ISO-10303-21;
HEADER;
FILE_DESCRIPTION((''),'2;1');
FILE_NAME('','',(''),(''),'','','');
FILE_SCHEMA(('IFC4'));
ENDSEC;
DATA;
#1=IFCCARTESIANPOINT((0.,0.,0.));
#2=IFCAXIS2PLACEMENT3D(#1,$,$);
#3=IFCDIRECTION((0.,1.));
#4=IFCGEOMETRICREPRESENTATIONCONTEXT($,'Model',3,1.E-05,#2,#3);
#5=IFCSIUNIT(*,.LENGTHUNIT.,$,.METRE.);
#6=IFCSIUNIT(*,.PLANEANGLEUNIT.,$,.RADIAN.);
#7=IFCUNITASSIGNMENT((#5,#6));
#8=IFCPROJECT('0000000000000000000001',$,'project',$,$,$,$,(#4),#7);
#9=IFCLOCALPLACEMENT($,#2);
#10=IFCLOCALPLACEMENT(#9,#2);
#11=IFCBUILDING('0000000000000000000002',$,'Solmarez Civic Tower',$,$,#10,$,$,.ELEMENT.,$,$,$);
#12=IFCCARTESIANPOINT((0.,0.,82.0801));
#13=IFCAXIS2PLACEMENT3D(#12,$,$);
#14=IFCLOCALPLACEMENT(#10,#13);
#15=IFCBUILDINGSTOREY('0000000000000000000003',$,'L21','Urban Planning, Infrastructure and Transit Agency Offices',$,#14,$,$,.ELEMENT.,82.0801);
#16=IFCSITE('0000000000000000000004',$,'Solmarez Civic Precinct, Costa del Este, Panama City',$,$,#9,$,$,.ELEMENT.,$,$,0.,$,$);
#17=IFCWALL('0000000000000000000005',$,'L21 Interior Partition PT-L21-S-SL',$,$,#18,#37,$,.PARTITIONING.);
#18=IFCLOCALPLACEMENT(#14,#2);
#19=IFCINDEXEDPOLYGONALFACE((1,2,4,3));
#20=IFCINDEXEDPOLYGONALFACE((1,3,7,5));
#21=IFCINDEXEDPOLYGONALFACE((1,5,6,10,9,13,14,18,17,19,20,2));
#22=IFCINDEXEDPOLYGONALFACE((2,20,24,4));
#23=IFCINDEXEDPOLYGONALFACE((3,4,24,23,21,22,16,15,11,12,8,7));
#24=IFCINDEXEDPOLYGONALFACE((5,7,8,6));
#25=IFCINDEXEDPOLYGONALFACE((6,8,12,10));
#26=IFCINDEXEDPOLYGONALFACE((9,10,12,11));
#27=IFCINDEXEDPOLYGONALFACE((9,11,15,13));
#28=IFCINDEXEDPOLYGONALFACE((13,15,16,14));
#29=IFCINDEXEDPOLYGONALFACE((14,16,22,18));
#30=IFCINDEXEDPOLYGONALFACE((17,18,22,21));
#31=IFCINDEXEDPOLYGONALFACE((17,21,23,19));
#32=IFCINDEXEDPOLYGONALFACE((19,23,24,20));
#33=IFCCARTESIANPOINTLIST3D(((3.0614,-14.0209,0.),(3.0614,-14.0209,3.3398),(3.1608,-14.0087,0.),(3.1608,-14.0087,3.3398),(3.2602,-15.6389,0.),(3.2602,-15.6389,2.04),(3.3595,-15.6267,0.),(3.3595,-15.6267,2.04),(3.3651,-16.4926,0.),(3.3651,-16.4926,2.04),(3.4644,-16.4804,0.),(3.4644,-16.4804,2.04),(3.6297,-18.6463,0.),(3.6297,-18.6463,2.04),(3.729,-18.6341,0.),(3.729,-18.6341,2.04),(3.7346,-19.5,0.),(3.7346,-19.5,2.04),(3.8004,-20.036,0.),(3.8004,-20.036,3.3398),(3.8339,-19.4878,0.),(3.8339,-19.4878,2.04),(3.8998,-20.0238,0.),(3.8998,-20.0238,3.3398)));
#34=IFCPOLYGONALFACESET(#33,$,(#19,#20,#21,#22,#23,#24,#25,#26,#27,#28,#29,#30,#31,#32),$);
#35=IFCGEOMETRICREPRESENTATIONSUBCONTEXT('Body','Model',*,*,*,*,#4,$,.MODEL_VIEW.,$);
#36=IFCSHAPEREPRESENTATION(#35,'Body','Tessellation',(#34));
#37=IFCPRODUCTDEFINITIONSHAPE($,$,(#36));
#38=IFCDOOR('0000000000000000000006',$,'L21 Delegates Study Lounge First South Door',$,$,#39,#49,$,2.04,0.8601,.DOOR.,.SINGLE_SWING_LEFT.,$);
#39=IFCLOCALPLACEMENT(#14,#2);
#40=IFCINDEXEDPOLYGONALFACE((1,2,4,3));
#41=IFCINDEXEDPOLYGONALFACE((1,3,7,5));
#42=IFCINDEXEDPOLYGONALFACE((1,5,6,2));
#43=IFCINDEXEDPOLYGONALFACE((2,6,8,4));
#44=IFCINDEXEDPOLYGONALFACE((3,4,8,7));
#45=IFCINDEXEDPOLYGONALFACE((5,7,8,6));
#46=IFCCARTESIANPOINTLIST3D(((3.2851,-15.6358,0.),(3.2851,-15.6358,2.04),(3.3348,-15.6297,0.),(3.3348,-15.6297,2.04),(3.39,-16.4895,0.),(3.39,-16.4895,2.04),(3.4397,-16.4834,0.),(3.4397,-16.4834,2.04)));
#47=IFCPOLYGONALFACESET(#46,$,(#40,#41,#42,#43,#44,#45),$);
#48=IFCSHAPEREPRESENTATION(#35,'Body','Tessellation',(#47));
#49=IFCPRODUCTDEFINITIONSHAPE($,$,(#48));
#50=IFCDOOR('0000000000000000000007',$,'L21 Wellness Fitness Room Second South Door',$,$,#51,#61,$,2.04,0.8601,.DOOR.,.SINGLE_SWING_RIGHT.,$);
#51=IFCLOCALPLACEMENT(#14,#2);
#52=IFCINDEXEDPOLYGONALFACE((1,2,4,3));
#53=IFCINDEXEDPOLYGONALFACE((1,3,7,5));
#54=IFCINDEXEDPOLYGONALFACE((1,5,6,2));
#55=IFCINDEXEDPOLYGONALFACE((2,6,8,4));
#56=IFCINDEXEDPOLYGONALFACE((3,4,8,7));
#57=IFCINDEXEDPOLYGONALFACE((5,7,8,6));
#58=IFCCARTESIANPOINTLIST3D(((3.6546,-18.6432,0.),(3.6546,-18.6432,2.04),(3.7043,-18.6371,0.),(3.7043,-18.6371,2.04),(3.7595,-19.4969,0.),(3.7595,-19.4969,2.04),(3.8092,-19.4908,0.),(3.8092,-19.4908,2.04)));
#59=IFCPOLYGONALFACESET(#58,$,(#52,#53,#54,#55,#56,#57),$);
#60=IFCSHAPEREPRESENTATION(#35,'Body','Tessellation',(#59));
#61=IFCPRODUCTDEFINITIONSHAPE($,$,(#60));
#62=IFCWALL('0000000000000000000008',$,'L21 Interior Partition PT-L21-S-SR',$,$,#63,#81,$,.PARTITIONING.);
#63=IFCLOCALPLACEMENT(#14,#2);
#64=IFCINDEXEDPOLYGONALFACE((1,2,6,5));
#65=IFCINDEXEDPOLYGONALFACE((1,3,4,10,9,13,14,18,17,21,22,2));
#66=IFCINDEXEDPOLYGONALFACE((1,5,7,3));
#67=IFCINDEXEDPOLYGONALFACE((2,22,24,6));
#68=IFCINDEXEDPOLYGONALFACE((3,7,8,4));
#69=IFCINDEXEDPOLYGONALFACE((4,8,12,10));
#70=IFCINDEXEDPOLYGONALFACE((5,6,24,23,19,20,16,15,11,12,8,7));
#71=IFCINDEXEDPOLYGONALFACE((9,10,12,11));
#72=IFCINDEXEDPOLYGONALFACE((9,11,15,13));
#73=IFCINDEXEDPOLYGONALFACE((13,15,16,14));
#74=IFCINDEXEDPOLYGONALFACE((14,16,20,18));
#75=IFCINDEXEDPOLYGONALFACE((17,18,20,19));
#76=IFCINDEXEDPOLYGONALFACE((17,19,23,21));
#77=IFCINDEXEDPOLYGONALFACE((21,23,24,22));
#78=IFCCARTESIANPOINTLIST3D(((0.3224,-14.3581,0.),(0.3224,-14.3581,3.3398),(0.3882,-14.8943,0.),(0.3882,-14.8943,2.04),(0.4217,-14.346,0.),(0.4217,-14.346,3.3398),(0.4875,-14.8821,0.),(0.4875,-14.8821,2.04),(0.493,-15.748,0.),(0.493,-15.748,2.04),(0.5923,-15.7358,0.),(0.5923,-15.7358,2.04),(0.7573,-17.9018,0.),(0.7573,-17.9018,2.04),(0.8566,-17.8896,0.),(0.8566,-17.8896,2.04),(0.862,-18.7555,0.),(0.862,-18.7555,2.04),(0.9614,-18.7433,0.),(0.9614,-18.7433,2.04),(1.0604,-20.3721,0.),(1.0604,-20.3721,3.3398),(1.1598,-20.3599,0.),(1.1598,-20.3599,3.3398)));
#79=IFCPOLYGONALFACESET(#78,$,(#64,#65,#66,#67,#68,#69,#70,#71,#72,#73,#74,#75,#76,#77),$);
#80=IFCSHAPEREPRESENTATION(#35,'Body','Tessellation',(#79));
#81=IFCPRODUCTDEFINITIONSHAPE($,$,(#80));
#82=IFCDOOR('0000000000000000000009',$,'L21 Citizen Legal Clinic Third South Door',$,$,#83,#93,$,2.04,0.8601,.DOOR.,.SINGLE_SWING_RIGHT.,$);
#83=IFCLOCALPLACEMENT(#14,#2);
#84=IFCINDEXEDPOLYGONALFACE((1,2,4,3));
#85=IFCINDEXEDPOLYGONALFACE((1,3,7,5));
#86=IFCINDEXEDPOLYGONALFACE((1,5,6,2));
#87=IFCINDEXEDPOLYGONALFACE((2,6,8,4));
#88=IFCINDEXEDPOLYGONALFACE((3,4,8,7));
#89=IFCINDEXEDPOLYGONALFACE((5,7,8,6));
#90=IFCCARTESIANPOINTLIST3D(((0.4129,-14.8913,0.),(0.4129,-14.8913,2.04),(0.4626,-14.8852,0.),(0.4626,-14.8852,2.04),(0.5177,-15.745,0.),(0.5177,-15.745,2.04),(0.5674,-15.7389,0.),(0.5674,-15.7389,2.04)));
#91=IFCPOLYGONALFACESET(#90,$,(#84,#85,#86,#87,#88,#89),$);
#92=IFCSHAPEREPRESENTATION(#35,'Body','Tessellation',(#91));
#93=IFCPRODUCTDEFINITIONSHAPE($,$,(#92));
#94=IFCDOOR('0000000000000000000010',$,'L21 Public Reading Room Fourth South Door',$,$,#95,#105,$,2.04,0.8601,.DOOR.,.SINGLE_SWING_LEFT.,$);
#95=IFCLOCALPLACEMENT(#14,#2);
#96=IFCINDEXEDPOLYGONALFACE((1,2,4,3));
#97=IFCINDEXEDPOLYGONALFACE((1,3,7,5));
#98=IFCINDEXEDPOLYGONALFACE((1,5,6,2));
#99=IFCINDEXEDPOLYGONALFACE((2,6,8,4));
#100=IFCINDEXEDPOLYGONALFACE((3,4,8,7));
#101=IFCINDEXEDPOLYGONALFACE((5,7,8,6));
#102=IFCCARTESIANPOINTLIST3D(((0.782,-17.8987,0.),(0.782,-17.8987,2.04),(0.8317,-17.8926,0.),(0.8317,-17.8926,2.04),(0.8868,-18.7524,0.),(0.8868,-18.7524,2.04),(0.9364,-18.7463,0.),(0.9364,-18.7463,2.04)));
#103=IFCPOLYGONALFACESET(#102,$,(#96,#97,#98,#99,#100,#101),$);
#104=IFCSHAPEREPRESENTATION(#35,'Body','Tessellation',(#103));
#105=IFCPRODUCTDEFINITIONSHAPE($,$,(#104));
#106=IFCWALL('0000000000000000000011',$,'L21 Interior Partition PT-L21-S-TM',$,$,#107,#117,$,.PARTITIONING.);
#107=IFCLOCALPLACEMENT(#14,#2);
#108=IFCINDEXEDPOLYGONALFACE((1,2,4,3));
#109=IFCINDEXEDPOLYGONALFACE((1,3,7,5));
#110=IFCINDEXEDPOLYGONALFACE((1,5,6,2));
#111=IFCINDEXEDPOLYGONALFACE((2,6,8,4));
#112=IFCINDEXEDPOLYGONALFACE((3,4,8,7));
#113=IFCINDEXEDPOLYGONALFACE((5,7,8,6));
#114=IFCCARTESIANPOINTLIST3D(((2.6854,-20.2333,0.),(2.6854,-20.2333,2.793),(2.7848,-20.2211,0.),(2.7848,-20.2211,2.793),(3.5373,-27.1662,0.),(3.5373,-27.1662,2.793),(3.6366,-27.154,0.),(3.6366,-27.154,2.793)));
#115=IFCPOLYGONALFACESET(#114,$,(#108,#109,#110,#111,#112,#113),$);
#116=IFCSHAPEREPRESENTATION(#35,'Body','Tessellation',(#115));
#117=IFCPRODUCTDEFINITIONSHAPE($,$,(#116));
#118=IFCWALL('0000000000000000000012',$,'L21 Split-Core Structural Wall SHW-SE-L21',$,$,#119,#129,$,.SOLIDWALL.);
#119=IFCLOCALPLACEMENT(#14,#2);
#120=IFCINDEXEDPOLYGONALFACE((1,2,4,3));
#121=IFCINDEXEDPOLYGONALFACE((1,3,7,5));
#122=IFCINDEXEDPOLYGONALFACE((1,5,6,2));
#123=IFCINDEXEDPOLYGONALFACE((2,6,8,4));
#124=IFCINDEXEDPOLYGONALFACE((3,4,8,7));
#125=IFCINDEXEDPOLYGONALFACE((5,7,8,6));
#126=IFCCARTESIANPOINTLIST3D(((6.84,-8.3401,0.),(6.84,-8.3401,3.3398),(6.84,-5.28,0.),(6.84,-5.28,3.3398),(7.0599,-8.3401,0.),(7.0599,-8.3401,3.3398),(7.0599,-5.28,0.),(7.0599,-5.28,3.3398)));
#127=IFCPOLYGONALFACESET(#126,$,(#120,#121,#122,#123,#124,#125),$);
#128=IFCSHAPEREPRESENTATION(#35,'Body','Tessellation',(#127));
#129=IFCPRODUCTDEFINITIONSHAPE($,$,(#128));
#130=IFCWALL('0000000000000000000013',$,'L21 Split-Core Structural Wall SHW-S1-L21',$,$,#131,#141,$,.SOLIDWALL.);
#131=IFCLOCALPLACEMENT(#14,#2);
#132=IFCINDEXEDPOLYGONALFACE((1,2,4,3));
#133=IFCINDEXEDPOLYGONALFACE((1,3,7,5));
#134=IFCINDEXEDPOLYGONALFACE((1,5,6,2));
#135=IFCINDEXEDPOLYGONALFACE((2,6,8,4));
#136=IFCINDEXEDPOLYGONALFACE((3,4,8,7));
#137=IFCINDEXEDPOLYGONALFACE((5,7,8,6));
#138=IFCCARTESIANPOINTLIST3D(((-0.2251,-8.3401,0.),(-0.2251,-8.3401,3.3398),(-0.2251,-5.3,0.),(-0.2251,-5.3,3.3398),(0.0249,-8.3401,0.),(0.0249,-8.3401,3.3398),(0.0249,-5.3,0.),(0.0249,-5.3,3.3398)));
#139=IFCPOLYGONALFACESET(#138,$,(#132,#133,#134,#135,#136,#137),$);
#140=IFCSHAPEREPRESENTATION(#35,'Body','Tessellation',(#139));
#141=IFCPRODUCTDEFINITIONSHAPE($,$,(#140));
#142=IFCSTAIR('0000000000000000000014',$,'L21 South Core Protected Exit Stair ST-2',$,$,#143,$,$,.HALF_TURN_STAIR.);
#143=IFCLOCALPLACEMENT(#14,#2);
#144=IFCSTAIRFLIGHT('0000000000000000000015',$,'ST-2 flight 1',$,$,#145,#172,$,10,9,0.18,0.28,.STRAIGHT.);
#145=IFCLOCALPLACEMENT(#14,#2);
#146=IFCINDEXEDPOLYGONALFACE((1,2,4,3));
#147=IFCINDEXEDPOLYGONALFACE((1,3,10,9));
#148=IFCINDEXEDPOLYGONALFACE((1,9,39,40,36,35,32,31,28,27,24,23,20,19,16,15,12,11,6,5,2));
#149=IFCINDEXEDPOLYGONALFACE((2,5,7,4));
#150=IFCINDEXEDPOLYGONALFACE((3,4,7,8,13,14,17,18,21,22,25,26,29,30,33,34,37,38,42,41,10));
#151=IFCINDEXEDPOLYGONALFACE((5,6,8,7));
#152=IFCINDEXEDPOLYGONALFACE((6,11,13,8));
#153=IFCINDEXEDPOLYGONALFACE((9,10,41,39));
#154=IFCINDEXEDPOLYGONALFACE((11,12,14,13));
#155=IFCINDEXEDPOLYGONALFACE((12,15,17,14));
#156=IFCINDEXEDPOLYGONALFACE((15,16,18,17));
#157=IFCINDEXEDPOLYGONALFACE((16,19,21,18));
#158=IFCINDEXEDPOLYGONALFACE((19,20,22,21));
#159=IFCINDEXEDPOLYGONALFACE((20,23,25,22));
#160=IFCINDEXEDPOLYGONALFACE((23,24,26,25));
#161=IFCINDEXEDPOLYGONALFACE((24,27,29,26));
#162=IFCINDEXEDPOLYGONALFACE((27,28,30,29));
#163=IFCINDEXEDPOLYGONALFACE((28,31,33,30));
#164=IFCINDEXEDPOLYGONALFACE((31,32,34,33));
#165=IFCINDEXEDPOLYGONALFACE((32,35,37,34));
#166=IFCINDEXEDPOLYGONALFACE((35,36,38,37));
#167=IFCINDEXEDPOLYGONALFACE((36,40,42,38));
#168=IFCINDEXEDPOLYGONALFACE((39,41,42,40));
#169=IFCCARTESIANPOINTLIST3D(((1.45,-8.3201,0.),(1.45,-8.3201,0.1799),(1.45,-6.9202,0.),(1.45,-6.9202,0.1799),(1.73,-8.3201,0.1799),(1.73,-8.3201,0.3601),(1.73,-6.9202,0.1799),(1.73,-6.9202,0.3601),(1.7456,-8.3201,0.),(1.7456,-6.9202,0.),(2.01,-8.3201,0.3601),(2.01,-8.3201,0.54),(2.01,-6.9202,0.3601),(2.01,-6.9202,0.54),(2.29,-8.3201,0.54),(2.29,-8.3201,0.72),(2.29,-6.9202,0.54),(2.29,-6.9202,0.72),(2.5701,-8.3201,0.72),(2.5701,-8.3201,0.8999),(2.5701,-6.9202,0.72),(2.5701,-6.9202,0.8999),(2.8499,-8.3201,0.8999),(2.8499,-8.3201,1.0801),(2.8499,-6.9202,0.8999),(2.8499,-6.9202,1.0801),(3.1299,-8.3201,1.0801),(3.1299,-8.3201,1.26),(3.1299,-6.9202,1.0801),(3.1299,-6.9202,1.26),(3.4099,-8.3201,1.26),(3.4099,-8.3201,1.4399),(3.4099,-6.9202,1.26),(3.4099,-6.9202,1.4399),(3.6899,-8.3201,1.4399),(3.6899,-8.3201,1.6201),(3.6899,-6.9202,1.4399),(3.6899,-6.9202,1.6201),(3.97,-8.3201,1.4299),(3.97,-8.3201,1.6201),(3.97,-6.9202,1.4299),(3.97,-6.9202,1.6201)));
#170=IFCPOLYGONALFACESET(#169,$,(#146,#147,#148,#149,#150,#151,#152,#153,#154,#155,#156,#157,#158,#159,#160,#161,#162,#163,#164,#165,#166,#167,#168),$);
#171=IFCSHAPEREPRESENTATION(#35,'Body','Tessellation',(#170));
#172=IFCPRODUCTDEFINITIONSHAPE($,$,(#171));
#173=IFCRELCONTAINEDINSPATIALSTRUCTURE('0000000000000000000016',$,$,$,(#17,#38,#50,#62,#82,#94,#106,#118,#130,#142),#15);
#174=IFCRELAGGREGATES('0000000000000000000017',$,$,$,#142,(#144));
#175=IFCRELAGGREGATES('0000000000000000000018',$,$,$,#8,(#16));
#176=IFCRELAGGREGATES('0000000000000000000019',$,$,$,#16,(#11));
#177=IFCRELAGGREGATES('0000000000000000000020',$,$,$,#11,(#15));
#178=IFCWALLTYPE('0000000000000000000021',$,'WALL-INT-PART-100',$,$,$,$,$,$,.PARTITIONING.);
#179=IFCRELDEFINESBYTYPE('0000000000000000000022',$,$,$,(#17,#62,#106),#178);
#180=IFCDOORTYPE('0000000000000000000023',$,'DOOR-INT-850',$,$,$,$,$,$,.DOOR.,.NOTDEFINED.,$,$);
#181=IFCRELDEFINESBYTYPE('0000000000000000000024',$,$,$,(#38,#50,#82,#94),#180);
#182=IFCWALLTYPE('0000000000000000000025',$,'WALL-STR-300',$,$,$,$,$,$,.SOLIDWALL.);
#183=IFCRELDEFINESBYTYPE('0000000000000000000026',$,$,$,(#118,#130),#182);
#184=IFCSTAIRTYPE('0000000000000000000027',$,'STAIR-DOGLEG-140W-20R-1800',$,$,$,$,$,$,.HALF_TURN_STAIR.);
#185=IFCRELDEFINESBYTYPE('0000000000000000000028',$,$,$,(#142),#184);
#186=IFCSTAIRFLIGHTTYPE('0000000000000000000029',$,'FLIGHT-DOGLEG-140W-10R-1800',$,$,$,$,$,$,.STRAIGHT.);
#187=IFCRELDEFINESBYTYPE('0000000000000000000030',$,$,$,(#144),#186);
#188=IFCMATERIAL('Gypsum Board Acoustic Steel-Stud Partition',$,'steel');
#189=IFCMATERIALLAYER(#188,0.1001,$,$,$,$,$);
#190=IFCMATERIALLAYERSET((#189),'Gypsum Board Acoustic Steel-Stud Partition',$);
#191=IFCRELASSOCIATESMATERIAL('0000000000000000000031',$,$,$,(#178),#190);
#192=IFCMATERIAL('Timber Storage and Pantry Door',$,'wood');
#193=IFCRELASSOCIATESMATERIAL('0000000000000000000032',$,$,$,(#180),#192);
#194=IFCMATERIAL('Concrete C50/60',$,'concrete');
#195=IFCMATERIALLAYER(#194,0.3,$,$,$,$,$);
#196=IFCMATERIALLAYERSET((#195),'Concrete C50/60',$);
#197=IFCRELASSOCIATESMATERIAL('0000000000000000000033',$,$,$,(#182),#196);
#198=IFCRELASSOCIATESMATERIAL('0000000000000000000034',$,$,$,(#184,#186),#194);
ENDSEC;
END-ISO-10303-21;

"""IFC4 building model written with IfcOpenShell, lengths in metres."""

from ifc_helpers import new_model, si_unit, direction, frame, frame_2d, origin, place, context, subcontext, project, spatial, polyline, rectangle, outline, extrude, material, layer, layer_set, type_object, element, fill, aggregate, save


model = new_model("IFC4")

# Units and contexts
model_context = context("Model", 3, precision=1e-05, world=origin(), true_north=direction((0.0, 1.0)))
body_context = subcontext(model_context, "Body", "Model", "MODEL_VIEW")
ifc_project = project(units=[si_unit("LENGTHUNIT", "METRE"), si_unit("PLANEANGLEUNIT", "RADIAN")], contexts=[model_context])

# Site, building, storey
site_placement = place(None, origin())
site = spatial("IfcSite", under=ifc_project, at=site_placement, Name="Solmarez Civic Precinct, Costa del Este, Panama City", CompositionType="ELEMENT", RefElevation=0.0)
building_placement = place(site_placement, origin())
building = spatial("IfcBuilding", under=site, at=building_placement, Name="Solmarez Civic Tower", CompositionType="ELEMENT")
storey_placement = place(building_placement, frame((0.0, 0.0, 82.0801)))
storey = spatial("IfcBuildingStorey", under=building, at=storey_placement, Name="L21", Description="Urban Planning, Infrastructure and Transit Agency Offices", CompositionType="ELEMENT", Elevation=82.0801)

# Shared definitions
ifc_material_1 = material(Name="Concrete C50/60", Category="concrete")

# Shared definitions
ifc_material_2 = material(Name="Gypsum Board Acoustic Steel-Stud Partition", Category="steel")
ifc_layer_1 = layer(ifc_material_2, 0.1001)
ifc_layer_set_1 = layer_set([ifc_layer_1], Name="Gypsum Board Acoustic Steel-Stud Partition")
wall_type_1 = type_object("IfcWallType", Name="WALL-INT-PART-100", PredefinedType="PARTITIONING", material=ifc_layer_set_1)

# Walls, openings, doors
wall_1_placement = place(storey_placement, frame((3.8501, -20.03, 0.0), z_axis=(0.0, 0.0, 1.0), x_axis=(-0.121942, 0.992537, 0.0)))
wall_1 = element("IfcWall", 1, at=wall_1_placement, inside=storey, type_object=wall_type_1, Name="L21 Interior Partition PT-L21-S-SL", PredefinedType="PARTITIONING", context=body_context, shape_type="SweptSolid", body=[
    extrude(rectangle(XDim=6.0603, YDim=0.1001, at=frame_2d((3.0303, 0.0))), origin(), (0.0, 0.0, 1.0), 3.3398),
])
opening_1_placement = place(wall_1_placement, frame((3.5701, 0.0, 0.0)))
opening_1 = element("IfcOpeningElement", 2, at=opening_1_placement, cuts=wall_1, PredefinedType="OPENING", context=body_context, shape_type="SweptSolid", body=[
    extrude(rectangle(XDim=0.8601, YDim=2.04, at=frame_2d((0.4302, 1.02))), frame((0.0, 0.0601, 0.0), z_axis=(0.0, -1.0, 0.0), x_axis=(1.0, 0.0, 0.0)), (0.0, 0.0, 1.0), 0.1201),
])
opening_2_placement = place(wall_1_placement, frame((0.54, 0.0, 0.0)))
opening_2 = element("IfcOpeningElement", 3, at=opening_2_placement, cuts=wall_1, PredefinedType="OPENING", context=body_context, shape_type="SweptSolid", body=[
    extrude(rectangle(XDim=0.8601, YDim=2.04, at=frame_2d((0.4302, 1.02))), frame((0.0, 0.0601, 0.0), z_axis=(0.0, -1.0, 0.0), x_axis=(1.0, 0.0, 0.0)), (0.0, 0.0, 1.0), 0.1201),
])
ifc_material_3 = material(Name="Timber Storage and Pantry Door", Category="wood")
door_type = type_object("IfcDoorType", Name="DOOR-INT-850", OperationType="NOTDEFINED", PredefinedType="DOOR", material=ifc_material_3)
door_1_placement = place(opening_1_placement, origin())
door_1 = element("IfcDoor", 4, at=door_1_placement, inside=storey, type_object=door_type, Name="L21 Delegates Study Lounge First South Door", OperationType="SINGLE_SWING_LEFT", OverallHeight=2.04, OverallWidth=0.8601, PredefinedType="DOOR", context=body_context, shape_type="SweptSolid", body=[
    extrude(rectangle(XDim=0.8601, YDim=2.04, at=frame_2d((0.4302, 1.02))), frame((0.0, 0.0249, 0.0), z_axis=(0.0, -1.0, 0.0), x_axis=(1.0, 0.0, 0.0)), (0.0, 0.0, 1.0), 0.05),
])
fill(opening_1, door_1)
door_2_placement = place(opening_2_placement, origin())
door_2 = element("IfcDoor", 5, at=door_2_placement, inside=storey, type_object=door_type, Name="L21 Wellness Fitness Room Second South Door", OperationType="SINGLE_SWING_RIGHT", OverallHeight=2.04, OverallWidth=0.8601, PredefinedType="DOOR", context=body_context, shape_type="SweptSolid", body=[
    extrude(rectangle(XDim=0.8601, YDim=2.04, at=frame_2d((0.4302, 1.02))), frame((0.0, 0.0249, 0.0), z_axis=(0.0, -1.0, 0.0), x_axis=(1.0, 0.0, 0.0)), (0.0, 0.0, 1.0), 0.05),
])
fill(opening_2, door_2)
wall_2_placement = place(storey_placement, frame((0.3721, -14.3521, 0.0), z_axis=(0.0, 0.0, 1.0), x_axis=(0.121808, -0.992554, 0.0)))
wall_2 = element("IfcWall", 6, at=wall_2_placement, inside=storey, type_object=wall_type_1, Name="L21 Interior Partition PT-L21-S-SR", PredefinedType="PARTITIONING", context=body_context, shape_type="SweptSolid", body=[
    extrude(rectangle(XDim=6.0591, YDim=0.1001, at=frame_2d((3.0295, 0.0))), origin(), (0.0, 0.0, 1.0), 3.3398),
])
opening_3_placement = place(wall_2_placement, frame((0.54, 0.0, 0.0)))
opening_3 = element("IfcOpeningElement", 7, at=opening_3_placement, cuts=wall_2, PredefinedType="OPENING", context=body_context, shape_type="SweptSolid", body=[
    extrude(rectangle(XDim=0.8601, YDim=2.04, at=frame_2d((0.4302, 1.02))), frame((0.0, 0.0601, 0.0), z_axis=(0.0, -1.0, 0.0), x_axis=(1.0, 0.0, 0.0)), (0.0, 0.0, 1.0), 0.1201),
])
opening_4_placement = place(wall_2_placement, frame((3.5701, 0.0, 0.0)))
opening_4 = element("IfcOpeningElement", 8, at=opening_4_placement, cuts=wall_2, PredefinedType="OPENING", context=body_context, shape_type="SweptSolid", body=[
    extrude(rectangle(XDim=0.8601, YDim=2.04, at=frame_2d((0.4302, 1.02))), frame((0.0, 0.0601, 0.0), z_axis=(0.0, -1.0, 0.0), x_axis=(1.0, 0.0, 0.0)), (0.0, 0.0, 1.0), 0.1201),
])
door_3_placement = place(opening_3_placement, origin())
door_3 = element("IfcDoor", 9, at=door_3_placement, inside=storey, type_object=door_type, Name="L21 Citizen Legal Clinic Third South Door", OperationType="SINGLE_SWING_RIGHT", OverallHeight=2.04, OverallWidth=0.8601, PredefinedType="DOOR", context=body_context, shape_type="SweptSolid", body=[
    extrude(rectangle(XDim=0.8601, YDim=2.04, at=frame_2d((0.4302, 1.02))), frame((0.0, 0.0249, 0.0), z_axis=(0.0, -1.0, 0.0), x_axis=(1.0, 0.0, 0.0)), (0.0, 0.0, 1.0), 0.05),
])
fill(opening_3, door_3)
door_4_placement = place(opening_4_placement, origin())
door_4 = element("IfcDoor", 10, at=door_4_placement, inside=storey, type_object=door_type, Name="L21 Public Reading Room Fourth South Door", OperationType="SINGLE_SWING_LEFT", OverallHeight=2.04, OverallWidth=0.8601, PredefinedType="DOOR", context=body_context, shape_type="SweptSolid", body=[
    extrude(rectangle(XDim=0.8601, YDim=2.04, at=frame_2d((0.4302, 1.02))), frame((0.0, 0.0249, 0.0), z_axis=(0.0, -1.0, 0.0), x_axis=(1.0, 0.0, 0.0)), (0.0, 0.0, 1.0), 0.05),
])
fill(opening_4, door_4)

# Walls
wall_3_placement = place(storey_placement, frame((2.7351, -20.2271, 0.0), z_axis=(0.0, 0.0, 1.0), x_axis=(0.121948, -0.992536, 0.0)))
element("IfcWall", 11, at=wall_3_placement, inside=storey, type_object=wall_type_1, Name="L21 Interior Partition PT-L21-S-TM", PredefinedType="PARTITIONING", context=body_context, shape_type="SweptSolid", body=[
    extrude(rectangle(XDim=6.9851, YDim=0.1001, at=frame_2d((3.4927, 0.0))), origin(), (0.0, 0.0, 1.0), 2.793),
])
ifc_layer_2 = layer(ifc_material_1, 0.3)
ifc_layer_set_2 = layer_set([ifc_layer_2], Name="Concrete C50/60")
wall_type_2 = type_object("IfcWallType", Name="WALL-STR-300", PredefinedType="SOLIDWALL", material=ifc_layer_set_2)
wall_4_placement = place(storey_placement, frame((6.95, -8.3401, 0.0), z_axis=(0.0, 0.0, 1.0), x_axis=(0.0, 1.0, 0.0)))
element("IfcWall", 12, at=wall_4_placement, inside=storey, type_object=wall_type_2, Name="L21 Split-Core Structural Wall SHW-SE-L21", PredefinedType="SOLIDWALL", context=body_context, shape_type="SweptSolid", body=[
    extrude(rectangle(XDim=3.0601, YDim=0.22, at=frame_2d((1.53, 0.0))), origin(), (0.0, 0.0, 1.0), 3.3398),
])
wall_5_placement = place(storey_placement, frame((-0.1001, -8.3401, 0.0), z_axis=(0.0, 0.0, 1.0), x_axis=(0.0, 1.0, 0.0)))
element("IfcWall", 13, at=wall_5_placement, inside=storey, type_object=wall_type_2, Name="L21 Split-Core Structural Wall SHW-S1-L21", PredefinedType="SOLIDWALL", context=body_context, shape_type="SweptSolid", body=[
    extrude(rectangle(XDim=3.04, YDim=0.25, at=frame_2d((1.52, 0.0))), origin(), (0.0, 0.0, 1.0), 3.3398),
])

# Stair, stair flight
stair_type = type_object("IfcStairType", Name="STAIR-DOGLEG-140W-20R-1800", PredefinedType="HALF_TURN_STAIR", material=ifc_material_1)
stair_placement = place(storey_placement, origin())
stair = element("IfcStair", 14, at=stair_placement, inside=storey, type_object=stair_type, Name="L21 South Core Protected Exit Stair ST-2", PredefinedType="HALF_TURN_STAIR")
stair_flight_type = type_object("IfcStairFlightType", Name="FLIGHT-DOGLEG-140W-10R-1800", PredefinedType="STRAIGHT", material=ifc_material_1)
stair_flight_placement = place(storey_placement, frame((1.45, -7.6201, 0.0), z_axis=(0.0, 0.0, 1.0), x_axis=(1.0, 0.0, 0.0)))
stair_flight = element("IfcStairFlight", 15, at=stair_flight_placement, type_object=stair_flight_type, Name="ST-2 flight 1", NumberOfRisers=10, NumberOfTreads=9, PredefinedType="STRAIGHT", RiserHeight=0.18, TreadLength=0.28, context=body_context, shape_type="SweptSolid", body=[
    extrude(outline(polyline([(0.0, 0.0), (0.0, 0.1799), (0.28, 0.1799), (0.28, 0.3601), (0.5601, 0.3601), (0.5601, 0.54), (0.8401, 0.54), (0.8401, 0.72), (1.1201, 0.72), (1.1201, 0.8999), (1.3999, 0.8999), (1.3999, 1.0801), (1.6799, 1.0801), (1.6799, 1.26), (1.96, 1.26), (1.96, 1.4399), (2.24, 1.4399), (2.24, 1.6201), (2.52, 1.6201), (2.52, 1.8), (2.52, 1.4299), (0.2957, 0.0), (0.0, 0.0)])), frame((0.0, 0.7, 0.0), z_axis=(0.0, -1.0, 0.0), x_axis=(1.0, 0.0, 0.0)), (0.0, 0.0, 1.0), 1.3999),
])
aggregate(stair, [stair_flight])

save(model, "model.ifc")
